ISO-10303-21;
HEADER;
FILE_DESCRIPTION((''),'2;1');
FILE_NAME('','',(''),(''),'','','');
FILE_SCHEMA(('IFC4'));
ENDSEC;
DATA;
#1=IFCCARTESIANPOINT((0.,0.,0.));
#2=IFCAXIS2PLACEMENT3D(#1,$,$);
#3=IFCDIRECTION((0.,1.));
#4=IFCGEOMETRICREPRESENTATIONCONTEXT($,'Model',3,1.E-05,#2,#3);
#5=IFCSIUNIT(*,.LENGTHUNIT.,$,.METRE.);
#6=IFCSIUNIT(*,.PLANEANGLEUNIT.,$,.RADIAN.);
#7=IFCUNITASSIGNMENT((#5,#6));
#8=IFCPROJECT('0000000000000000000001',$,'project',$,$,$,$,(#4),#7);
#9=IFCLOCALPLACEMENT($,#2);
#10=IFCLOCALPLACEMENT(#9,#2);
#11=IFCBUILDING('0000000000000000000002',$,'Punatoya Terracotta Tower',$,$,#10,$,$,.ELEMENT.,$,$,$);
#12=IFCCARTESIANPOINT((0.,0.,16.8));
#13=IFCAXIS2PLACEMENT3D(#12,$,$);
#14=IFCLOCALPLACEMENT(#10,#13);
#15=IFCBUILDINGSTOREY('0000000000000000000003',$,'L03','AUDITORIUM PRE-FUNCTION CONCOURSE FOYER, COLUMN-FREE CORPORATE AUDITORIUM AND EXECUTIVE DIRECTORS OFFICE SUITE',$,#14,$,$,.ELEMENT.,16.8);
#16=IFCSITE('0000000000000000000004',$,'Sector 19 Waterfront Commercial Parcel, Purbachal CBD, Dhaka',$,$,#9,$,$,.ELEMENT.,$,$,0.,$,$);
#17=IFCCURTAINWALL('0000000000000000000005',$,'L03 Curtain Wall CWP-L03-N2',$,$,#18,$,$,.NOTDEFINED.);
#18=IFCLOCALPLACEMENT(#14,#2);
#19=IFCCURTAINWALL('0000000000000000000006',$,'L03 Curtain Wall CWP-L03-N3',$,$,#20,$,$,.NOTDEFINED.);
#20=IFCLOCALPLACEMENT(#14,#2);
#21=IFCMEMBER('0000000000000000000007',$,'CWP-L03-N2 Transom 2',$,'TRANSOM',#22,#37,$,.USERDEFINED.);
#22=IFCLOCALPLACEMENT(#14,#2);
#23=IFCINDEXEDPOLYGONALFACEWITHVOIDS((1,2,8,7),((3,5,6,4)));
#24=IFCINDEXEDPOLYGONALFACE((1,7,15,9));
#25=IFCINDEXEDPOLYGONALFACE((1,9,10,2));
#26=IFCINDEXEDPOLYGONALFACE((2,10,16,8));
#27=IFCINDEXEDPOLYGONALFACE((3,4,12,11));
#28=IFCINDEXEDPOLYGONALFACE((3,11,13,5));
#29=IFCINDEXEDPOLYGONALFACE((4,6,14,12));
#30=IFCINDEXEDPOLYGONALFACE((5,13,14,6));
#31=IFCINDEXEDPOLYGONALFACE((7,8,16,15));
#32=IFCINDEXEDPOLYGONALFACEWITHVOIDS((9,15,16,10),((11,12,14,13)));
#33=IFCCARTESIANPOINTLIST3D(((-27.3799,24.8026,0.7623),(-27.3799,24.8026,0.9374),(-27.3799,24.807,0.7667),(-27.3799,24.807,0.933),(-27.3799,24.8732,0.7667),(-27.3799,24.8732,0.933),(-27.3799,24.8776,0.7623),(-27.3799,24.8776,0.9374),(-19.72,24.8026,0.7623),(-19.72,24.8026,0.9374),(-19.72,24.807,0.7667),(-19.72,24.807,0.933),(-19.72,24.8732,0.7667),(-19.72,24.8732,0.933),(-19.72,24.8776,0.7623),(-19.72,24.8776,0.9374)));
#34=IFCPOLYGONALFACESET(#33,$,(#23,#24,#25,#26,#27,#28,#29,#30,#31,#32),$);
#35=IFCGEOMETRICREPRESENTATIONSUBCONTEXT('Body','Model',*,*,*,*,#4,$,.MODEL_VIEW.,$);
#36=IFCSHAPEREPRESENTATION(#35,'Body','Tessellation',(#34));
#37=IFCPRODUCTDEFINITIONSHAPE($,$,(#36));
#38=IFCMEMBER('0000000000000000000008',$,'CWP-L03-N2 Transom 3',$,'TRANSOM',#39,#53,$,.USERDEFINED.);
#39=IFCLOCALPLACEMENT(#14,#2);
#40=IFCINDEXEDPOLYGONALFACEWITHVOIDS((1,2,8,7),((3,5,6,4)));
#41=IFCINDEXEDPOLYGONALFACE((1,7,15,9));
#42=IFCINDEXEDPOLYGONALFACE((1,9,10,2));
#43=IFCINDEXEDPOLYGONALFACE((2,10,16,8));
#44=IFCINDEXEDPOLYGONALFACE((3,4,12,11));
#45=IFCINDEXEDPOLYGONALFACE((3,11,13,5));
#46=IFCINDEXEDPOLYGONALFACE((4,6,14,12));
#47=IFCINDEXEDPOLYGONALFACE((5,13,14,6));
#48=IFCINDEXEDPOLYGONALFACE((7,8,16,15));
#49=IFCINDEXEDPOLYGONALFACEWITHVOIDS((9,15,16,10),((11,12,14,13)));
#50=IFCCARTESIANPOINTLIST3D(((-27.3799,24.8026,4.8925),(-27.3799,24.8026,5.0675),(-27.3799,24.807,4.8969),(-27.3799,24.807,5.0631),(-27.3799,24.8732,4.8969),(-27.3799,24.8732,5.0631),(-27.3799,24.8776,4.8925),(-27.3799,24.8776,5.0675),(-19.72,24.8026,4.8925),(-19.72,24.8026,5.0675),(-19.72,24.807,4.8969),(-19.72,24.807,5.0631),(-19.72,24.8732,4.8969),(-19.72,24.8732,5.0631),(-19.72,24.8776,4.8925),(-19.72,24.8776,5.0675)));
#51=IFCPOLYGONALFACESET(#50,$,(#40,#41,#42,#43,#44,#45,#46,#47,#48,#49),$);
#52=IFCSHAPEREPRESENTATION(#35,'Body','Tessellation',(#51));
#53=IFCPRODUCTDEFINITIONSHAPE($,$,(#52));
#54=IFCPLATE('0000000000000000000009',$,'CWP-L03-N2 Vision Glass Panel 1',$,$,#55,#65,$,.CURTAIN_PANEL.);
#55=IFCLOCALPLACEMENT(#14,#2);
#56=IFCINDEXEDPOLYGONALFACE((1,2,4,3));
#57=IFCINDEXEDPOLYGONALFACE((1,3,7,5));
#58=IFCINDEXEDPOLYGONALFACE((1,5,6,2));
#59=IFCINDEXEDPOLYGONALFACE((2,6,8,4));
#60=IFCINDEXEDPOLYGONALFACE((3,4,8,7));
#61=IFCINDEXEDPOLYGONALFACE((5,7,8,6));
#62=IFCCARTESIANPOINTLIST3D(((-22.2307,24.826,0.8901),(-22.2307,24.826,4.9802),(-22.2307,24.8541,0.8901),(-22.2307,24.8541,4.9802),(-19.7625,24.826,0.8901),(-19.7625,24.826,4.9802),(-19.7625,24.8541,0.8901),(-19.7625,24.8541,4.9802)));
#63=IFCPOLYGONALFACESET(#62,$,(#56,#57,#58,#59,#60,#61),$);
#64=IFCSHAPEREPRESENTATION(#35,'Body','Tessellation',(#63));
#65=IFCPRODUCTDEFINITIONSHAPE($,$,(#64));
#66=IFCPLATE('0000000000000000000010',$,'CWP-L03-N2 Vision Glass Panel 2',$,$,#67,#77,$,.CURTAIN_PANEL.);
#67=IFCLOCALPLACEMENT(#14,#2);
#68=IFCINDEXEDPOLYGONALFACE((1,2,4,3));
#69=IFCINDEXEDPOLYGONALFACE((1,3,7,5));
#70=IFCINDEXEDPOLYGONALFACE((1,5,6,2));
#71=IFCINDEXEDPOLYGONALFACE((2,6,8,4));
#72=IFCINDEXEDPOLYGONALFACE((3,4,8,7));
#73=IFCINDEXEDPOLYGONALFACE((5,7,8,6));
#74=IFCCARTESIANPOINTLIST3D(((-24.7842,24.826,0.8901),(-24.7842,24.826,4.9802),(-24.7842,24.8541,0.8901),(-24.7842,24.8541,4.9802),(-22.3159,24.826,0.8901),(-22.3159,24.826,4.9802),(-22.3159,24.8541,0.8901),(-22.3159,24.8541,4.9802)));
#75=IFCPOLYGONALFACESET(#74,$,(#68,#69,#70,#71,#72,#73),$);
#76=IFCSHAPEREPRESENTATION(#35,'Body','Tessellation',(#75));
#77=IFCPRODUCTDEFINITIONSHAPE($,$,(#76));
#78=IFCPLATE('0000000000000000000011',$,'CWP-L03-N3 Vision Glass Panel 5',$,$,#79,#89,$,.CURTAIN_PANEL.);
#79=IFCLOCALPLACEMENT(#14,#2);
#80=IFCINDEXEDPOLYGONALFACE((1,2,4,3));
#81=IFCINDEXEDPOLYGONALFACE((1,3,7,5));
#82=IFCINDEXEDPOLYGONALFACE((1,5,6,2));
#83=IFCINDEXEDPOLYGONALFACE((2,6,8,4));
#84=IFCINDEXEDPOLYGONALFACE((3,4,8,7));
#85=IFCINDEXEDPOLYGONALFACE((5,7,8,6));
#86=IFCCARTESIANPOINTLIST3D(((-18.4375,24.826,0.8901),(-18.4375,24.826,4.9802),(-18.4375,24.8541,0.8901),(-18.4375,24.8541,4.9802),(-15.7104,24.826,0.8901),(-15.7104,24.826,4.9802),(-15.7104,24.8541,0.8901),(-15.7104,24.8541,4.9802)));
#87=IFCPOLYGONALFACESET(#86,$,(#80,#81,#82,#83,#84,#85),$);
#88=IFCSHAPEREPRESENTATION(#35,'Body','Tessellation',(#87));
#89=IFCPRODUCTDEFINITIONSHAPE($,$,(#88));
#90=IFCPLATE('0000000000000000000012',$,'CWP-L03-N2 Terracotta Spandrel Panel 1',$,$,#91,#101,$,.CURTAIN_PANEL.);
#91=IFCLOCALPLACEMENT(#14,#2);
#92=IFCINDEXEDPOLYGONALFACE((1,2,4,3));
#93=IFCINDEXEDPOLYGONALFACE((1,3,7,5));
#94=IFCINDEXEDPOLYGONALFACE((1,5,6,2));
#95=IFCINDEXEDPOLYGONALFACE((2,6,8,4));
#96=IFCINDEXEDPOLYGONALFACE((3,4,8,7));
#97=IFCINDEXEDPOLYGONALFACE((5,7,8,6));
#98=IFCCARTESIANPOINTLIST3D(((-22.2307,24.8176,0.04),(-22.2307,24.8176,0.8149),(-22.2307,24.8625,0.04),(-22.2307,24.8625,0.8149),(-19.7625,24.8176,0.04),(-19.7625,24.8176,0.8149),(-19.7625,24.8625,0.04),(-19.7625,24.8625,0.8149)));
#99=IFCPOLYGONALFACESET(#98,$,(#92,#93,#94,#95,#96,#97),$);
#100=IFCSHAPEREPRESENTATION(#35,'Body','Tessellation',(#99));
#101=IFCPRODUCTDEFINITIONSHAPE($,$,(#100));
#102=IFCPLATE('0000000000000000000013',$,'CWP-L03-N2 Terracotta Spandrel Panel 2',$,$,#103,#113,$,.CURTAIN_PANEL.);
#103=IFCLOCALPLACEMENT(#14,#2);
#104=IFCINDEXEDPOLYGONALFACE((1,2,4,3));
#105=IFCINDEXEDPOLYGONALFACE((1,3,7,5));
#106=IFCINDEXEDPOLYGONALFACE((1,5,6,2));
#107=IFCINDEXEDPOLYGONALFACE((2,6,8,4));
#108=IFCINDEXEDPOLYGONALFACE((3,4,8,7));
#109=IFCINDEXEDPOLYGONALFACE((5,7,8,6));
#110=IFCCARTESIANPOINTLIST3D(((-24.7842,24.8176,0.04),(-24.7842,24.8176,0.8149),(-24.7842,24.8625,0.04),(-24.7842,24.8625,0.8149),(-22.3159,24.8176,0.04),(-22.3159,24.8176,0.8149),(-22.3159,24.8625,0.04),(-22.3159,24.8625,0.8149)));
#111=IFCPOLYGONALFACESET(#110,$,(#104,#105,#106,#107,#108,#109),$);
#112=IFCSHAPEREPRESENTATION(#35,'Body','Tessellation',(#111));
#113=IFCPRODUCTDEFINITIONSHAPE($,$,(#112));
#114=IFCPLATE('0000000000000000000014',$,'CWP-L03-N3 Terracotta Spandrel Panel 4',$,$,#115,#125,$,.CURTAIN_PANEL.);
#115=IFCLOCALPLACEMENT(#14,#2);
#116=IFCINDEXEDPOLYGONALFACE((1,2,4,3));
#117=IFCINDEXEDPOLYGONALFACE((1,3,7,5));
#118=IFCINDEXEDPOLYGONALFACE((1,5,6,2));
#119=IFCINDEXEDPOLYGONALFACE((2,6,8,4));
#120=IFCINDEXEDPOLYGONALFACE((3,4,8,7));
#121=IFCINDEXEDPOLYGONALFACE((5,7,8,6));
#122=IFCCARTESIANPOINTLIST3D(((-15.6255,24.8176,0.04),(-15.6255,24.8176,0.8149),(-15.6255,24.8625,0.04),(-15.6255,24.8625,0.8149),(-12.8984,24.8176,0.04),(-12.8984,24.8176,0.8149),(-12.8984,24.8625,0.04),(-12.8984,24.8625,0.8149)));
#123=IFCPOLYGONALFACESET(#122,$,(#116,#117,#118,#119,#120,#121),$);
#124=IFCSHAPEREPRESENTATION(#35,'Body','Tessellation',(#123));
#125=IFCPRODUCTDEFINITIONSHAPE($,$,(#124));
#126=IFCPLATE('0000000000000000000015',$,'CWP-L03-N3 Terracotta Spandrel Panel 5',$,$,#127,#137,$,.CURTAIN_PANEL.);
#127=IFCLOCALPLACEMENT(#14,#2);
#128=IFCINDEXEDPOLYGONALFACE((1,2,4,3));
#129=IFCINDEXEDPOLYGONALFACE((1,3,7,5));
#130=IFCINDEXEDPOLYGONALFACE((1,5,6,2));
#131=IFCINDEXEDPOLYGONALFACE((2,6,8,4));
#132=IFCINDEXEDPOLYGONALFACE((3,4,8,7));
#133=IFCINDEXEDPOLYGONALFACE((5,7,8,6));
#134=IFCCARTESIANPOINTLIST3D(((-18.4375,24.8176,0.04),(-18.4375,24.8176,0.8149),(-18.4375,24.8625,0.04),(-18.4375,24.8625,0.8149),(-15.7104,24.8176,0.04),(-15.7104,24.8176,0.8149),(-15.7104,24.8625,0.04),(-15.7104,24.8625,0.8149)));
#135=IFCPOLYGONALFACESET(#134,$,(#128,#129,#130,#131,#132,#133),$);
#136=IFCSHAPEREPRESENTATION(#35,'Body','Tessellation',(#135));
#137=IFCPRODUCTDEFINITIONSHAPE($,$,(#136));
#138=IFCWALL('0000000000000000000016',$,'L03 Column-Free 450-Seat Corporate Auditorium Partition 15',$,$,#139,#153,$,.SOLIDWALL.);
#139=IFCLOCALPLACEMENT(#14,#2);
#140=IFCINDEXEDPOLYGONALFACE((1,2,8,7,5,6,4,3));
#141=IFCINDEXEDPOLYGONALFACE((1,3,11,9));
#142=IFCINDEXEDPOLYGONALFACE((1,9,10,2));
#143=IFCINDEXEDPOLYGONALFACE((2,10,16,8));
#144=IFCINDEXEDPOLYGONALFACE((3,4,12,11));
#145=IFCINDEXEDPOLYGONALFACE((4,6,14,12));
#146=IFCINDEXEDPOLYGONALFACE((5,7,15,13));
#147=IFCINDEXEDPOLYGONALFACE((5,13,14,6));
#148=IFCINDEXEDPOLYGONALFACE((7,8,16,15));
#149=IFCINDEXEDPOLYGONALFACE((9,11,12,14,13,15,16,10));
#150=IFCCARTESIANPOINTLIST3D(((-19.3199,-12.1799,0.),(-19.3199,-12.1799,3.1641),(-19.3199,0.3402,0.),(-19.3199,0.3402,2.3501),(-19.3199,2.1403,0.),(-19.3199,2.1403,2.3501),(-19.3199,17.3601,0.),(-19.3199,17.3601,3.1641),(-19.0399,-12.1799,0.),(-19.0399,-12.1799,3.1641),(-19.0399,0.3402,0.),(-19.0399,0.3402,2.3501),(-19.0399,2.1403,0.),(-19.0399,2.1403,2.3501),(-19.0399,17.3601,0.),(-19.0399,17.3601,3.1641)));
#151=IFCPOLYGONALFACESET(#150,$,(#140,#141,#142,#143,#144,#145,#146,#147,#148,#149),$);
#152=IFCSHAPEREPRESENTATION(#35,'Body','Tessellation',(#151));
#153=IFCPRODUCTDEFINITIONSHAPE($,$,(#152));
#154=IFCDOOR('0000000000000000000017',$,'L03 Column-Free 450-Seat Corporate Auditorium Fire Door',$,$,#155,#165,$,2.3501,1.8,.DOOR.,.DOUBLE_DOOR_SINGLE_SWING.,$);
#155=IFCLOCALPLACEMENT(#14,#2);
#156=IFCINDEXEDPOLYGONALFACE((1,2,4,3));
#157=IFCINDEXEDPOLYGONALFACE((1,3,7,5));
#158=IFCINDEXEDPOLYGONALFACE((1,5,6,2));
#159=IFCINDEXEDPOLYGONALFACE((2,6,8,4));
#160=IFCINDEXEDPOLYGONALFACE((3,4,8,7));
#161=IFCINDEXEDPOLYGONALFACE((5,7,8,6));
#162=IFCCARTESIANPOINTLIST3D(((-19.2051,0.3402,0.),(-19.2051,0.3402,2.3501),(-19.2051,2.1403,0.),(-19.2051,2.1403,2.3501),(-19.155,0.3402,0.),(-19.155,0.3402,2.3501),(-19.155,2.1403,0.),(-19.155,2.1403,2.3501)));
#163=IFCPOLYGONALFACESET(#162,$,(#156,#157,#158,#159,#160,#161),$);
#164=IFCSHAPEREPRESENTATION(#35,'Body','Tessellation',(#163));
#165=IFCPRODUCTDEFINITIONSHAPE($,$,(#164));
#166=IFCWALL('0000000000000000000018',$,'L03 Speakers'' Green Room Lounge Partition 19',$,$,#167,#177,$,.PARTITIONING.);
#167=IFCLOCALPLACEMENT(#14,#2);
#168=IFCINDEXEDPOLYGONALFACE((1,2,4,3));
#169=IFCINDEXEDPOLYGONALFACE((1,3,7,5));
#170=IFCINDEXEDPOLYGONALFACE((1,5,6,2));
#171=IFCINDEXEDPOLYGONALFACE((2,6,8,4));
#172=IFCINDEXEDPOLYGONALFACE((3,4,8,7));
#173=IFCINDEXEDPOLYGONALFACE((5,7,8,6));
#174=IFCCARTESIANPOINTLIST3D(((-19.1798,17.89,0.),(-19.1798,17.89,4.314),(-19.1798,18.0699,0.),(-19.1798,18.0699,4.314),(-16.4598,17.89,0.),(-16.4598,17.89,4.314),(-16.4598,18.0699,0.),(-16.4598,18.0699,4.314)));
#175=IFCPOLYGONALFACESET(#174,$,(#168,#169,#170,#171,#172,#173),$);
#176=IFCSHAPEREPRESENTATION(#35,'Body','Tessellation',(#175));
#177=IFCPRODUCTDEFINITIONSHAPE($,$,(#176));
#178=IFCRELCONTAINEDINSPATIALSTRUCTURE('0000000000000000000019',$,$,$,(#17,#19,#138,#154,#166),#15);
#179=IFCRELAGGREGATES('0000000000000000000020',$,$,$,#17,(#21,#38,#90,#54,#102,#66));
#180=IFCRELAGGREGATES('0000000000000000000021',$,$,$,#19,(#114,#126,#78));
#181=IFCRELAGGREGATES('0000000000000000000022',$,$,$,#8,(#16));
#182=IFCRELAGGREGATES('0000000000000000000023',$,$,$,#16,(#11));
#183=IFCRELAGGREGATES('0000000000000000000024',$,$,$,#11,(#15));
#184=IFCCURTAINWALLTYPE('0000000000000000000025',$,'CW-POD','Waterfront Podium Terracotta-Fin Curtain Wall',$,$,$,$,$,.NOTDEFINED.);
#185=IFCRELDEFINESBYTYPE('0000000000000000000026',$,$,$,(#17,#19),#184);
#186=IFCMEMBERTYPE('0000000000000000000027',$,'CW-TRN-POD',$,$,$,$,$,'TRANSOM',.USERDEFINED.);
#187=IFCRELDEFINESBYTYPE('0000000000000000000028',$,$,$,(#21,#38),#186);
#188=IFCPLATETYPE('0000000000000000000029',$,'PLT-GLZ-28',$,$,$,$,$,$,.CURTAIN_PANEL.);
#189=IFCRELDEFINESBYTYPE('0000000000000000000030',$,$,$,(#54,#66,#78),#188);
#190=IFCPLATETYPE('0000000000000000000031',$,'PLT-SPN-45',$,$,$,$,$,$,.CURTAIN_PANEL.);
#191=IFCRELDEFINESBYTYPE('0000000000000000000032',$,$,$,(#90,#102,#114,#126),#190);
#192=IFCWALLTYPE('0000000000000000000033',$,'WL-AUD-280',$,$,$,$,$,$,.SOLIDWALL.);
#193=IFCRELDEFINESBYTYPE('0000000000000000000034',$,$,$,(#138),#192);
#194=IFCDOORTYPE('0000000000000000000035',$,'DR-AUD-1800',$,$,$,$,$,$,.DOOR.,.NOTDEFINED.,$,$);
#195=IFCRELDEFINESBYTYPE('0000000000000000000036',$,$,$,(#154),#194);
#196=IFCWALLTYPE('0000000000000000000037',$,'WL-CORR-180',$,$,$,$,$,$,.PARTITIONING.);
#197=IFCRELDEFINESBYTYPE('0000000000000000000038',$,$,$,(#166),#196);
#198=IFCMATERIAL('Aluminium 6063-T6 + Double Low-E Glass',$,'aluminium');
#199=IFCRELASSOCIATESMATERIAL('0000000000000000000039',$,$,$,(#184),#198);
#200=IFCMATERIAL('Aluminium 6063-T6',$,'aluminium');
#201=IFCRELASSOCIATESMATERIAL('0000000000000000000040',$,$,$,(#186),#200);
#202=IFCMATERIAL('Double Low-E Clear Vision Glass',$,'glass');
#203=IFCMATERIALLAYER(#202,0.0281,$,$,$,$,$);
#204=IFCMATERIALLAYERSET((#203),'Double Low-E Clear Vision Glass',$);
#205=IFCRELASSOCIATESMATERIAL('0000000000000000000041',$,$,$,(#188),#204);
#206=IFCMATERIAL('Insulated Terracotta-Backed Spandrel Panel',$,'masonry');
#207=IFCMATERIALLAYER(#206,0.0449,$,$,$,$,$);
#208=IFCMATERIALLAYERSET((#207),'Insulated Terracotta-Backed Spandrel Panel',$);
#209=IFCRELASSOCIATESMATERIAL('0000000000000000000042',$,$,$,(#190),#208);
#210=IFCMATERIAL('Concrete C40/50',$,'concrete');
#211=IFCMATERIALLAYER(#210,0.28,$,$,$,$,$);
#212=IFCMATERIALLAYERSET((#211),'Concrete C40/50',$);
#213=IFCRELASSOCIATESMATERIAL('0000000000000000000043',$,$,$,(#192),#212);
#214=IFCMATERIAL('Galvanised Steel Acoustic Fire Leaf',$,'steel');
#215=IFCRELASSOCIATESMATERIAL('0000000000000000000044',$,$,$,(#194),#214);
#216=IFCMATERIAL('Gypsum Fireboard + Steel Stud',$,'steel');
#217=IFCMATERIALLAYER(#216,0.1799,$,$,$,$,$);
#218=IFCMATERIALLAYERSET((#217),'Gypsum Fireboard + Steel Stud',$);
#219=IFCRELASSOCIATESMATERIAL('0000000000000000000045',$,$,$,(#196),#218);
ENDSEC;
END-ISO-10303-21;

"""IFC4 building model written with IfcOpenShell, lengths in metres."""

from ifc_helpers import new_model, si_unit, direction, frame, frame_2d, origin, origin_2d, place, context, subcontext, project, spatial, rectangle, hollow_rectangle, extrude, material, layer, layer_set, material_profile, profile_set, type_object, element, fill, aggregate, save


model = new_model("IFC4")

# Units and contexts
model_context = context("Model", 3, precision=1e-05, world=origin(), true_north=direction((0.0, 1.0)))
body_context = subcontext(model_context, "Body", "Model", "MODEL_VIEW")
ifc_project = project(units=[si_unit("LENGTHUNIT", "METRE"), si_unit("PLANEANGLEUNIT", "RADIAN")], contexts=[model_context])

# Site, building, storey
site_placement = place(None, origin())
site = spatial("IfcSite", under=ifc_project, at=site_placement, Name="Sector 19 Waterfront Commercial Parcel, Purbachal CBD, Dhaka", CompositionType="ELEMENT", RefElevation=0.0)
building_placement = place(site_placement, origin())
building = spatial("IfcBuilding", under=site, at=building_placement, Name="Punatoya Terracotta Tower", CompositionType="ELEMENT")
storey_placement = place(building_placement, frame((0.0, 0.0, 16.8)))
storey = spatial("IfcBuildingStorey", under=building, at=storey_placement, Name="L03", Description="AUDITORIUM PRE-FUNCTION CONCOURSE FOYER, COLUMN-FREE CORPORATE AUDITORIUM AND EXECUTIVE DIRECTORS OFFICE SUITE", CompositionType="ELEMENT", Elevation=16.8)

# Curtain walls
ifc_material_1 = material(Name="Aluminium 6063-T6 + Double Low-E Glass", Category="aluminium")
curtain_wall_type = type_object("IfcCurtainWallType", Name="CW-POD", Description="Waterfront Podium Terracotta-Fin Curtain Wall", PredefinedType="NOTDEFINED", material=ifc_material_1)
curtain_wall_1_placement = place(storey_placement, origin())
curtain_wall_1 = element("IfcCurtainWall", 1, at=curtain_wall_1_placement, inside=storey, type_object=curtain_wall_type, Name="L03 Curtain Wall CWP-L03-N2", PredefinedType="NOTDEFINED")
ifc_material_2 = material(Name="Aluminium 6063-T6", Category="aluminium")
curtain_wall_2_placement = place(storey_placement, origin())
curtain_wall_2 = element("IfcCurtainWall", 2, at=curtain_wall_2_placement, inside=storey, type_object=curtain_wall_type, Name="L03 Curtain Wall CWP-L03-N3", PredefinedType="NOTDEFINED")

# Members
ifc_material_profile_1 = material_profile(ifc_material_2, hollow_rectangle(XDim=0.075, YDim=0.175, WallThickness=0.0044, at=origin_2d()))
ifc_profile_set_1 = profile_set([ifc_material_profile_1], Name="Aluminium 6063-T6")
member_type_1 = type_object("IfcMemberType", Name="CW-TRN-POD", ElementType="TRANSOM", PredefinedType="USERDEFINED", material=ifc_profile_set_1)
member_1_placement = place(storey_placement, frame((-19.72, 24.8401, 0.8499), z_axis=(-1.0, 0.0, 0.0), x_axis=(0.0, -1.0, 0.0)))
member_1 = element("IfcMember", 3, at=member_1_placement, type_object=member_type_1, Name="CWP-L03-N2 Transom 2", ObjectType="TRANSOM", PredefinedType="USERDEFINED", context=body_context, shape_type="SweptSolid", body=[
    extrude(hollow_rectangle(XDim=0.075, YDim=0.175, WallThickness=0.0044, at=origin_2d()), origin(), (0.0, 0.0, 1.0), 7.6599),
])
member_2_placement = place(storey_placement, frame((-19.72, 24.8401, 4.98), z_axis=(-1.0, 0.0, 0.0), x_axis=(0.0, -1.0, 0.0)))
member_2 = element("IfcMember", 4, at=member_2_placement, type_object=member_type_1, Name="CWP-L03-N2 Transom 3", ObjectType="TRANSOM", PredefinedType="USERDEFINED", context=body_context, shape_type="SweptSolid", body=[
    extrude(hollow_rectangle(XDim=0.075, YDim=0.175, WallThickness=0.0044, at=origin_2d()), origin(), (0.0, 0.0, 1.0), 7.6599),
])

# Plates
ifc_material_3 = material(Name="Double Low-E Clear Vision Glass", Category="glass")
ifc_layer_1 = layer(ifc_material_3, 0.0281)
ifc_layer_set_1 = layer_set([ifc_layer_1], Name="Double Low-E Clear Vision Glass")
plate_type_1 = type_object("IfcPlateType", Name="PLT-GLZ-28", PredefinedType="CURTAIN_PANEL", material=ifc_layer_set_1)
plate_1_placement = place(storey_placement, frame((-20.9966, 24.8401, 0.8901), z_axis=(0.0, 0.0, 1.0), x_axis=(-1.0, 0.0, 0.0)))
plate_1 = element("IfcPlate", 5, at=plate_1_placement, type_object=plate_type_1, Name="CWP-L03-N2 Vision Glass Panel 1", PredefinedType="CURTAIN_PANEL", context=body_context, shape_type="SweptSolid", body=[
    extrude(rectangle(XDim=2.4683, YDim=0.0281, at=origin_2d()), origin(), (0.0, 0.0, 1.0), 4.0901),
])
plate_2_placement = place(storey_placement, frame((-23.55, 24.8401, 0.8901), z_axis=(0.0, 0.0, 1.0), x_axis=(-1.0, 0.0, 0.0)))
plate_2 = element("IfcPlate", 6, at=plate_2_placement, type_object=plate_type_1, Name="CWP-L03-N2 Vision Glass Panel 2", PredefinedType="CURTAIN_PANEL", context=body_context, shape_type="SweptSolid", body=[
    extrude(rectangle(XDim=2.4683, YDim=0.0281, at=origin_2d()), origin(), (0.0, 0.0, 1.0), 4.0901),
])
plate_3_placement = place(storey_placement, frame((-17.074, 24.8401, 0.8901), z_axis=(0.0, 0.0, 1.0), x_axis=(-1.0, 0.0, 0.0)))
plate_3 = element("IfcPlate", 7, at=plate_3_placement, type_object=plate_type_1, Name="CWP-L03-N3 Vision Glass Panel 5", PredefinedType="CURTAIN_PANEL", context=body_context, shape_type="SweptSolid", body=[
    extrude(rectangle(XDim=2.7271, YDim=0.0281, at=origin_2d()), origin(), (0.0, 0.0, 1.0), 4.0901),
])
ifc_material_4 = material(Name="Insulated Terracotta-Backed Spandrel Panel", Category="masonry")
ifc_layer_2 = layer(ifc_material_4, 0.0449)
ifc_layer_set_2 = layer_set([ifc_layer_2], Name="Insulated Terracotta-Backed Spandrel Panel")
plate_type_2 = type_object("IfcPlateType", Name="PLT-SPN-45", PredefinedType="CURTAIN_PANEL", material=ifc_layer_set_2)
plate_4_placement = place(storey_placement, frame((-20.9966, 24.8401, 0.04), z_axis=(0.0, 0.0, 1.0), x_axis=(-1.0, 0.0, 0.0)))
plate_4 = element("IfcPlate", 8, at=plate_4_placement, type_object=plate_type_2, Name="CWP-L03-N2 Terracotta Spandrel Panel 1", PredefinedType="CURTAIN_PANEL", context=body_context, shape_type="SweptSolid", body=[
    extrude(rectangle(XDim=2.4683, YDim=0.0449, at=origin_2d()), origin(), (0.0, 0.0, 1.0), 0.7749),
])
plate_5_placement = place(storey_placement, frame((-23.55, 24.8401, 0.04), z_axis=(0.0, 0.0, 1.0), x_axis=(-1.0, 0.0, 0.0)))
plate_5 = element("IfcPlate", 9, at=plate_5_placement, type_object=plate_type_2, Name="CWP-L03-N2 Terracotta Spandrel Panel 2", PredefinedType="CURTAIN_PANEL", context=body_context, shape_type="SweptSolid", body=[
    extrude(rectangle(XDim=2.4683, YDim=0.0449, at=origin_2d()), origin(), (0.0, 0.0, 1.0), 0.7749),
])
aggregate(curtain_wall_1, [member_1, member_2, plate_4, plate_1, plate_5, plate_2])
plate_6_placement = place(storey_placement, frame((-14.262, 24.8401, 0.04), z_axis=(0.0, 0.0, 1.0), x_axis=(-1.0, 0.0, 0.0)))
plate_6 = element("IfcPlate", 10, at=plate_6_placement, type_object=plate_type_2, Name="CWP-L03-N3 Terracotta Spandrel Panel 4", PredefinedType="CURTAIN_PANEL", context=body_context, shape_type="SweptSolid", body=[
    extrude(rectangle(XDim=2.7271, YDim=0.0449, at=origin_2d()), origin(), (0.0, 0.0, 1.0), 0.7749),
])
plate_7_placement = place(storey_placement, frame((-17.074, 24.8401, 0.04), z_axis=(0.0, 0.0, 1.0), x_axis=(-1.0, 0.0, 0.0)))
plate_7 = element("IfcPlate", 11, at=plate_7_placement, type_object=plate_type_2, Name="CWP-L03-N3 Terracotta Spandrel Panel 5", PredefinedType="CURTAIN_PANEL", context=body_context, shape_type="SweptSolid", body=[
    extrude(rectangle(XDim=2.7271, YDim=0.0449, at=origin_2d()), origin(), (0.0, 0.0, 1.0), 0.7749),
])
aggregate(curtain_wall_2, [plate_6, plate_7, plate_3])

# Wall, opening, door
ifc_material_5 = material(Name="Concrete C40/50", Category="concrete")
ifc_layer_3 = layer(ifc_material_5, 0.28)
ifc_layer_set_3 = layer_set([ifc_layer_3], Name="Concrete C40/50")
wall_type_1 = type_object("IfcWallType", Name="WL-AUD-280", PredefinedType="SOLIDWALL", material=ifc_layer_set_3)
wall_1_placement = place(storey_placement, frame((-19.1799, 17.3601, 0.0), z_axis=(0.0, 0.0, 1.0), x_axis=(0.0, -1.0, 0.0)))
wall_1 = element("IfcWall", 12, at=wall_1_placement, inside=storey, type_object=wall_type_1, Name="L03 Column-Free 450-Seat Corporate Auditorium Partition 15", PredefinedType="SOLIDWALL", context=body_context, shape_type="SweptSolid", body=[
    extrude(rectangle(XDim=29.54, YDim=0.28, at=frame_2d((14.77, 0.0))), origin(), (0.0, 0.0, 1.0), 3.1641),
])
opening_1_placement = place(wall_1_placement, frame((15.22, 0.0, 0.0)))
opening_1 = element("IfcOpeningElement", 13, at=opening_1_placement, cuts=wall_1, PredefinedType="OPENING", context=body_context, shape_type="SweptSolid", body=[
    extrude(rectangle(XDim=1.8, YDim=2.3501, at=frame_2d((0.8999, 1.175))), frame((0.0, 0.1499, 0.0), z_axis=(0.0, -1.0, 0.0), x_axis=(1.0, 0.0, 0.0)), (0.0, 0.0, 1.0), 0.3),
])
ifc_material_6 = material(Name="Galvanised Steel Acoustic Fire Leaf", Category="steel")
door_type_1 = type_object("IfcDoorType", Name="DR-AUD-1800", OperationType="NOTDEFINED", PredefinedType="DOOR", material=ifc_material_6)
door_1_placement = place(opening_1_placement, origin())
door_1 = element("IfcDoor", 14, at=door_1_placement, inside=storey, type_object=door_type_1, Name="L03 Column-Free 450-Seat Corporate Auditorium Fire Door", OperationType="DOUBLE_DOOR_SINGLE_SWING", OverallHeight=2.3501, OverallWidth=1.8, PredefinedType="DOOR", context=body_context, shape_type="SweptSolid", body=[
    extrude(rectangle(XDim=1.8, YDim=2.3501, at=frame_2d((0.8999, 1.175))), frame((0.0, 0.0249, 0.0), z_axis=(0.0, -1.0, 0.0), x_axis=(1.0, 0.0, 0.0)), (0.0, 0.0, 1.0), 0.05),
])
fill(opening_1, door_1)

# Wall
ifc_material_7 = material(Name="Gypsum Fireboard + Steel Stud", Category="steel")
ifc_layer_4 = layer(ifc_material_7, 0.1799)
ifc_layer_set_4 = layer_set([ifc_layer_4], Name="Gypsum Fireboard + Steel Stud")
wall_type_2 = type_object("IfcWallType", Name="WL-CORR-180", PredefinedType="PARTITIONING", material=ifc_layer_set_4)
wall_2_placement = place(storey_placement, frame((-16.46, 17.98, 0.0), z_axis=(0.0, 0.0, 1.0), x_axis=(-1.0, 0.0, 0.0)))
element("IfcWall", 15, at=wall_2_placement, inside=storey, type_object=wall_type_2, Name="L03 Speakers' Green Room Lounge Partition 19", PredefinedType="PARTITIONING", context=body_context, shape_type="SweptSolid", body=[
    extrude(rectangle(XDim=2.72, YDim=0.1799, at=frame_2d((1.3599, 0.0))), origin(), (0.0, 0.0, 1.0), 4.314),
])

save(model, "model.ifc")
